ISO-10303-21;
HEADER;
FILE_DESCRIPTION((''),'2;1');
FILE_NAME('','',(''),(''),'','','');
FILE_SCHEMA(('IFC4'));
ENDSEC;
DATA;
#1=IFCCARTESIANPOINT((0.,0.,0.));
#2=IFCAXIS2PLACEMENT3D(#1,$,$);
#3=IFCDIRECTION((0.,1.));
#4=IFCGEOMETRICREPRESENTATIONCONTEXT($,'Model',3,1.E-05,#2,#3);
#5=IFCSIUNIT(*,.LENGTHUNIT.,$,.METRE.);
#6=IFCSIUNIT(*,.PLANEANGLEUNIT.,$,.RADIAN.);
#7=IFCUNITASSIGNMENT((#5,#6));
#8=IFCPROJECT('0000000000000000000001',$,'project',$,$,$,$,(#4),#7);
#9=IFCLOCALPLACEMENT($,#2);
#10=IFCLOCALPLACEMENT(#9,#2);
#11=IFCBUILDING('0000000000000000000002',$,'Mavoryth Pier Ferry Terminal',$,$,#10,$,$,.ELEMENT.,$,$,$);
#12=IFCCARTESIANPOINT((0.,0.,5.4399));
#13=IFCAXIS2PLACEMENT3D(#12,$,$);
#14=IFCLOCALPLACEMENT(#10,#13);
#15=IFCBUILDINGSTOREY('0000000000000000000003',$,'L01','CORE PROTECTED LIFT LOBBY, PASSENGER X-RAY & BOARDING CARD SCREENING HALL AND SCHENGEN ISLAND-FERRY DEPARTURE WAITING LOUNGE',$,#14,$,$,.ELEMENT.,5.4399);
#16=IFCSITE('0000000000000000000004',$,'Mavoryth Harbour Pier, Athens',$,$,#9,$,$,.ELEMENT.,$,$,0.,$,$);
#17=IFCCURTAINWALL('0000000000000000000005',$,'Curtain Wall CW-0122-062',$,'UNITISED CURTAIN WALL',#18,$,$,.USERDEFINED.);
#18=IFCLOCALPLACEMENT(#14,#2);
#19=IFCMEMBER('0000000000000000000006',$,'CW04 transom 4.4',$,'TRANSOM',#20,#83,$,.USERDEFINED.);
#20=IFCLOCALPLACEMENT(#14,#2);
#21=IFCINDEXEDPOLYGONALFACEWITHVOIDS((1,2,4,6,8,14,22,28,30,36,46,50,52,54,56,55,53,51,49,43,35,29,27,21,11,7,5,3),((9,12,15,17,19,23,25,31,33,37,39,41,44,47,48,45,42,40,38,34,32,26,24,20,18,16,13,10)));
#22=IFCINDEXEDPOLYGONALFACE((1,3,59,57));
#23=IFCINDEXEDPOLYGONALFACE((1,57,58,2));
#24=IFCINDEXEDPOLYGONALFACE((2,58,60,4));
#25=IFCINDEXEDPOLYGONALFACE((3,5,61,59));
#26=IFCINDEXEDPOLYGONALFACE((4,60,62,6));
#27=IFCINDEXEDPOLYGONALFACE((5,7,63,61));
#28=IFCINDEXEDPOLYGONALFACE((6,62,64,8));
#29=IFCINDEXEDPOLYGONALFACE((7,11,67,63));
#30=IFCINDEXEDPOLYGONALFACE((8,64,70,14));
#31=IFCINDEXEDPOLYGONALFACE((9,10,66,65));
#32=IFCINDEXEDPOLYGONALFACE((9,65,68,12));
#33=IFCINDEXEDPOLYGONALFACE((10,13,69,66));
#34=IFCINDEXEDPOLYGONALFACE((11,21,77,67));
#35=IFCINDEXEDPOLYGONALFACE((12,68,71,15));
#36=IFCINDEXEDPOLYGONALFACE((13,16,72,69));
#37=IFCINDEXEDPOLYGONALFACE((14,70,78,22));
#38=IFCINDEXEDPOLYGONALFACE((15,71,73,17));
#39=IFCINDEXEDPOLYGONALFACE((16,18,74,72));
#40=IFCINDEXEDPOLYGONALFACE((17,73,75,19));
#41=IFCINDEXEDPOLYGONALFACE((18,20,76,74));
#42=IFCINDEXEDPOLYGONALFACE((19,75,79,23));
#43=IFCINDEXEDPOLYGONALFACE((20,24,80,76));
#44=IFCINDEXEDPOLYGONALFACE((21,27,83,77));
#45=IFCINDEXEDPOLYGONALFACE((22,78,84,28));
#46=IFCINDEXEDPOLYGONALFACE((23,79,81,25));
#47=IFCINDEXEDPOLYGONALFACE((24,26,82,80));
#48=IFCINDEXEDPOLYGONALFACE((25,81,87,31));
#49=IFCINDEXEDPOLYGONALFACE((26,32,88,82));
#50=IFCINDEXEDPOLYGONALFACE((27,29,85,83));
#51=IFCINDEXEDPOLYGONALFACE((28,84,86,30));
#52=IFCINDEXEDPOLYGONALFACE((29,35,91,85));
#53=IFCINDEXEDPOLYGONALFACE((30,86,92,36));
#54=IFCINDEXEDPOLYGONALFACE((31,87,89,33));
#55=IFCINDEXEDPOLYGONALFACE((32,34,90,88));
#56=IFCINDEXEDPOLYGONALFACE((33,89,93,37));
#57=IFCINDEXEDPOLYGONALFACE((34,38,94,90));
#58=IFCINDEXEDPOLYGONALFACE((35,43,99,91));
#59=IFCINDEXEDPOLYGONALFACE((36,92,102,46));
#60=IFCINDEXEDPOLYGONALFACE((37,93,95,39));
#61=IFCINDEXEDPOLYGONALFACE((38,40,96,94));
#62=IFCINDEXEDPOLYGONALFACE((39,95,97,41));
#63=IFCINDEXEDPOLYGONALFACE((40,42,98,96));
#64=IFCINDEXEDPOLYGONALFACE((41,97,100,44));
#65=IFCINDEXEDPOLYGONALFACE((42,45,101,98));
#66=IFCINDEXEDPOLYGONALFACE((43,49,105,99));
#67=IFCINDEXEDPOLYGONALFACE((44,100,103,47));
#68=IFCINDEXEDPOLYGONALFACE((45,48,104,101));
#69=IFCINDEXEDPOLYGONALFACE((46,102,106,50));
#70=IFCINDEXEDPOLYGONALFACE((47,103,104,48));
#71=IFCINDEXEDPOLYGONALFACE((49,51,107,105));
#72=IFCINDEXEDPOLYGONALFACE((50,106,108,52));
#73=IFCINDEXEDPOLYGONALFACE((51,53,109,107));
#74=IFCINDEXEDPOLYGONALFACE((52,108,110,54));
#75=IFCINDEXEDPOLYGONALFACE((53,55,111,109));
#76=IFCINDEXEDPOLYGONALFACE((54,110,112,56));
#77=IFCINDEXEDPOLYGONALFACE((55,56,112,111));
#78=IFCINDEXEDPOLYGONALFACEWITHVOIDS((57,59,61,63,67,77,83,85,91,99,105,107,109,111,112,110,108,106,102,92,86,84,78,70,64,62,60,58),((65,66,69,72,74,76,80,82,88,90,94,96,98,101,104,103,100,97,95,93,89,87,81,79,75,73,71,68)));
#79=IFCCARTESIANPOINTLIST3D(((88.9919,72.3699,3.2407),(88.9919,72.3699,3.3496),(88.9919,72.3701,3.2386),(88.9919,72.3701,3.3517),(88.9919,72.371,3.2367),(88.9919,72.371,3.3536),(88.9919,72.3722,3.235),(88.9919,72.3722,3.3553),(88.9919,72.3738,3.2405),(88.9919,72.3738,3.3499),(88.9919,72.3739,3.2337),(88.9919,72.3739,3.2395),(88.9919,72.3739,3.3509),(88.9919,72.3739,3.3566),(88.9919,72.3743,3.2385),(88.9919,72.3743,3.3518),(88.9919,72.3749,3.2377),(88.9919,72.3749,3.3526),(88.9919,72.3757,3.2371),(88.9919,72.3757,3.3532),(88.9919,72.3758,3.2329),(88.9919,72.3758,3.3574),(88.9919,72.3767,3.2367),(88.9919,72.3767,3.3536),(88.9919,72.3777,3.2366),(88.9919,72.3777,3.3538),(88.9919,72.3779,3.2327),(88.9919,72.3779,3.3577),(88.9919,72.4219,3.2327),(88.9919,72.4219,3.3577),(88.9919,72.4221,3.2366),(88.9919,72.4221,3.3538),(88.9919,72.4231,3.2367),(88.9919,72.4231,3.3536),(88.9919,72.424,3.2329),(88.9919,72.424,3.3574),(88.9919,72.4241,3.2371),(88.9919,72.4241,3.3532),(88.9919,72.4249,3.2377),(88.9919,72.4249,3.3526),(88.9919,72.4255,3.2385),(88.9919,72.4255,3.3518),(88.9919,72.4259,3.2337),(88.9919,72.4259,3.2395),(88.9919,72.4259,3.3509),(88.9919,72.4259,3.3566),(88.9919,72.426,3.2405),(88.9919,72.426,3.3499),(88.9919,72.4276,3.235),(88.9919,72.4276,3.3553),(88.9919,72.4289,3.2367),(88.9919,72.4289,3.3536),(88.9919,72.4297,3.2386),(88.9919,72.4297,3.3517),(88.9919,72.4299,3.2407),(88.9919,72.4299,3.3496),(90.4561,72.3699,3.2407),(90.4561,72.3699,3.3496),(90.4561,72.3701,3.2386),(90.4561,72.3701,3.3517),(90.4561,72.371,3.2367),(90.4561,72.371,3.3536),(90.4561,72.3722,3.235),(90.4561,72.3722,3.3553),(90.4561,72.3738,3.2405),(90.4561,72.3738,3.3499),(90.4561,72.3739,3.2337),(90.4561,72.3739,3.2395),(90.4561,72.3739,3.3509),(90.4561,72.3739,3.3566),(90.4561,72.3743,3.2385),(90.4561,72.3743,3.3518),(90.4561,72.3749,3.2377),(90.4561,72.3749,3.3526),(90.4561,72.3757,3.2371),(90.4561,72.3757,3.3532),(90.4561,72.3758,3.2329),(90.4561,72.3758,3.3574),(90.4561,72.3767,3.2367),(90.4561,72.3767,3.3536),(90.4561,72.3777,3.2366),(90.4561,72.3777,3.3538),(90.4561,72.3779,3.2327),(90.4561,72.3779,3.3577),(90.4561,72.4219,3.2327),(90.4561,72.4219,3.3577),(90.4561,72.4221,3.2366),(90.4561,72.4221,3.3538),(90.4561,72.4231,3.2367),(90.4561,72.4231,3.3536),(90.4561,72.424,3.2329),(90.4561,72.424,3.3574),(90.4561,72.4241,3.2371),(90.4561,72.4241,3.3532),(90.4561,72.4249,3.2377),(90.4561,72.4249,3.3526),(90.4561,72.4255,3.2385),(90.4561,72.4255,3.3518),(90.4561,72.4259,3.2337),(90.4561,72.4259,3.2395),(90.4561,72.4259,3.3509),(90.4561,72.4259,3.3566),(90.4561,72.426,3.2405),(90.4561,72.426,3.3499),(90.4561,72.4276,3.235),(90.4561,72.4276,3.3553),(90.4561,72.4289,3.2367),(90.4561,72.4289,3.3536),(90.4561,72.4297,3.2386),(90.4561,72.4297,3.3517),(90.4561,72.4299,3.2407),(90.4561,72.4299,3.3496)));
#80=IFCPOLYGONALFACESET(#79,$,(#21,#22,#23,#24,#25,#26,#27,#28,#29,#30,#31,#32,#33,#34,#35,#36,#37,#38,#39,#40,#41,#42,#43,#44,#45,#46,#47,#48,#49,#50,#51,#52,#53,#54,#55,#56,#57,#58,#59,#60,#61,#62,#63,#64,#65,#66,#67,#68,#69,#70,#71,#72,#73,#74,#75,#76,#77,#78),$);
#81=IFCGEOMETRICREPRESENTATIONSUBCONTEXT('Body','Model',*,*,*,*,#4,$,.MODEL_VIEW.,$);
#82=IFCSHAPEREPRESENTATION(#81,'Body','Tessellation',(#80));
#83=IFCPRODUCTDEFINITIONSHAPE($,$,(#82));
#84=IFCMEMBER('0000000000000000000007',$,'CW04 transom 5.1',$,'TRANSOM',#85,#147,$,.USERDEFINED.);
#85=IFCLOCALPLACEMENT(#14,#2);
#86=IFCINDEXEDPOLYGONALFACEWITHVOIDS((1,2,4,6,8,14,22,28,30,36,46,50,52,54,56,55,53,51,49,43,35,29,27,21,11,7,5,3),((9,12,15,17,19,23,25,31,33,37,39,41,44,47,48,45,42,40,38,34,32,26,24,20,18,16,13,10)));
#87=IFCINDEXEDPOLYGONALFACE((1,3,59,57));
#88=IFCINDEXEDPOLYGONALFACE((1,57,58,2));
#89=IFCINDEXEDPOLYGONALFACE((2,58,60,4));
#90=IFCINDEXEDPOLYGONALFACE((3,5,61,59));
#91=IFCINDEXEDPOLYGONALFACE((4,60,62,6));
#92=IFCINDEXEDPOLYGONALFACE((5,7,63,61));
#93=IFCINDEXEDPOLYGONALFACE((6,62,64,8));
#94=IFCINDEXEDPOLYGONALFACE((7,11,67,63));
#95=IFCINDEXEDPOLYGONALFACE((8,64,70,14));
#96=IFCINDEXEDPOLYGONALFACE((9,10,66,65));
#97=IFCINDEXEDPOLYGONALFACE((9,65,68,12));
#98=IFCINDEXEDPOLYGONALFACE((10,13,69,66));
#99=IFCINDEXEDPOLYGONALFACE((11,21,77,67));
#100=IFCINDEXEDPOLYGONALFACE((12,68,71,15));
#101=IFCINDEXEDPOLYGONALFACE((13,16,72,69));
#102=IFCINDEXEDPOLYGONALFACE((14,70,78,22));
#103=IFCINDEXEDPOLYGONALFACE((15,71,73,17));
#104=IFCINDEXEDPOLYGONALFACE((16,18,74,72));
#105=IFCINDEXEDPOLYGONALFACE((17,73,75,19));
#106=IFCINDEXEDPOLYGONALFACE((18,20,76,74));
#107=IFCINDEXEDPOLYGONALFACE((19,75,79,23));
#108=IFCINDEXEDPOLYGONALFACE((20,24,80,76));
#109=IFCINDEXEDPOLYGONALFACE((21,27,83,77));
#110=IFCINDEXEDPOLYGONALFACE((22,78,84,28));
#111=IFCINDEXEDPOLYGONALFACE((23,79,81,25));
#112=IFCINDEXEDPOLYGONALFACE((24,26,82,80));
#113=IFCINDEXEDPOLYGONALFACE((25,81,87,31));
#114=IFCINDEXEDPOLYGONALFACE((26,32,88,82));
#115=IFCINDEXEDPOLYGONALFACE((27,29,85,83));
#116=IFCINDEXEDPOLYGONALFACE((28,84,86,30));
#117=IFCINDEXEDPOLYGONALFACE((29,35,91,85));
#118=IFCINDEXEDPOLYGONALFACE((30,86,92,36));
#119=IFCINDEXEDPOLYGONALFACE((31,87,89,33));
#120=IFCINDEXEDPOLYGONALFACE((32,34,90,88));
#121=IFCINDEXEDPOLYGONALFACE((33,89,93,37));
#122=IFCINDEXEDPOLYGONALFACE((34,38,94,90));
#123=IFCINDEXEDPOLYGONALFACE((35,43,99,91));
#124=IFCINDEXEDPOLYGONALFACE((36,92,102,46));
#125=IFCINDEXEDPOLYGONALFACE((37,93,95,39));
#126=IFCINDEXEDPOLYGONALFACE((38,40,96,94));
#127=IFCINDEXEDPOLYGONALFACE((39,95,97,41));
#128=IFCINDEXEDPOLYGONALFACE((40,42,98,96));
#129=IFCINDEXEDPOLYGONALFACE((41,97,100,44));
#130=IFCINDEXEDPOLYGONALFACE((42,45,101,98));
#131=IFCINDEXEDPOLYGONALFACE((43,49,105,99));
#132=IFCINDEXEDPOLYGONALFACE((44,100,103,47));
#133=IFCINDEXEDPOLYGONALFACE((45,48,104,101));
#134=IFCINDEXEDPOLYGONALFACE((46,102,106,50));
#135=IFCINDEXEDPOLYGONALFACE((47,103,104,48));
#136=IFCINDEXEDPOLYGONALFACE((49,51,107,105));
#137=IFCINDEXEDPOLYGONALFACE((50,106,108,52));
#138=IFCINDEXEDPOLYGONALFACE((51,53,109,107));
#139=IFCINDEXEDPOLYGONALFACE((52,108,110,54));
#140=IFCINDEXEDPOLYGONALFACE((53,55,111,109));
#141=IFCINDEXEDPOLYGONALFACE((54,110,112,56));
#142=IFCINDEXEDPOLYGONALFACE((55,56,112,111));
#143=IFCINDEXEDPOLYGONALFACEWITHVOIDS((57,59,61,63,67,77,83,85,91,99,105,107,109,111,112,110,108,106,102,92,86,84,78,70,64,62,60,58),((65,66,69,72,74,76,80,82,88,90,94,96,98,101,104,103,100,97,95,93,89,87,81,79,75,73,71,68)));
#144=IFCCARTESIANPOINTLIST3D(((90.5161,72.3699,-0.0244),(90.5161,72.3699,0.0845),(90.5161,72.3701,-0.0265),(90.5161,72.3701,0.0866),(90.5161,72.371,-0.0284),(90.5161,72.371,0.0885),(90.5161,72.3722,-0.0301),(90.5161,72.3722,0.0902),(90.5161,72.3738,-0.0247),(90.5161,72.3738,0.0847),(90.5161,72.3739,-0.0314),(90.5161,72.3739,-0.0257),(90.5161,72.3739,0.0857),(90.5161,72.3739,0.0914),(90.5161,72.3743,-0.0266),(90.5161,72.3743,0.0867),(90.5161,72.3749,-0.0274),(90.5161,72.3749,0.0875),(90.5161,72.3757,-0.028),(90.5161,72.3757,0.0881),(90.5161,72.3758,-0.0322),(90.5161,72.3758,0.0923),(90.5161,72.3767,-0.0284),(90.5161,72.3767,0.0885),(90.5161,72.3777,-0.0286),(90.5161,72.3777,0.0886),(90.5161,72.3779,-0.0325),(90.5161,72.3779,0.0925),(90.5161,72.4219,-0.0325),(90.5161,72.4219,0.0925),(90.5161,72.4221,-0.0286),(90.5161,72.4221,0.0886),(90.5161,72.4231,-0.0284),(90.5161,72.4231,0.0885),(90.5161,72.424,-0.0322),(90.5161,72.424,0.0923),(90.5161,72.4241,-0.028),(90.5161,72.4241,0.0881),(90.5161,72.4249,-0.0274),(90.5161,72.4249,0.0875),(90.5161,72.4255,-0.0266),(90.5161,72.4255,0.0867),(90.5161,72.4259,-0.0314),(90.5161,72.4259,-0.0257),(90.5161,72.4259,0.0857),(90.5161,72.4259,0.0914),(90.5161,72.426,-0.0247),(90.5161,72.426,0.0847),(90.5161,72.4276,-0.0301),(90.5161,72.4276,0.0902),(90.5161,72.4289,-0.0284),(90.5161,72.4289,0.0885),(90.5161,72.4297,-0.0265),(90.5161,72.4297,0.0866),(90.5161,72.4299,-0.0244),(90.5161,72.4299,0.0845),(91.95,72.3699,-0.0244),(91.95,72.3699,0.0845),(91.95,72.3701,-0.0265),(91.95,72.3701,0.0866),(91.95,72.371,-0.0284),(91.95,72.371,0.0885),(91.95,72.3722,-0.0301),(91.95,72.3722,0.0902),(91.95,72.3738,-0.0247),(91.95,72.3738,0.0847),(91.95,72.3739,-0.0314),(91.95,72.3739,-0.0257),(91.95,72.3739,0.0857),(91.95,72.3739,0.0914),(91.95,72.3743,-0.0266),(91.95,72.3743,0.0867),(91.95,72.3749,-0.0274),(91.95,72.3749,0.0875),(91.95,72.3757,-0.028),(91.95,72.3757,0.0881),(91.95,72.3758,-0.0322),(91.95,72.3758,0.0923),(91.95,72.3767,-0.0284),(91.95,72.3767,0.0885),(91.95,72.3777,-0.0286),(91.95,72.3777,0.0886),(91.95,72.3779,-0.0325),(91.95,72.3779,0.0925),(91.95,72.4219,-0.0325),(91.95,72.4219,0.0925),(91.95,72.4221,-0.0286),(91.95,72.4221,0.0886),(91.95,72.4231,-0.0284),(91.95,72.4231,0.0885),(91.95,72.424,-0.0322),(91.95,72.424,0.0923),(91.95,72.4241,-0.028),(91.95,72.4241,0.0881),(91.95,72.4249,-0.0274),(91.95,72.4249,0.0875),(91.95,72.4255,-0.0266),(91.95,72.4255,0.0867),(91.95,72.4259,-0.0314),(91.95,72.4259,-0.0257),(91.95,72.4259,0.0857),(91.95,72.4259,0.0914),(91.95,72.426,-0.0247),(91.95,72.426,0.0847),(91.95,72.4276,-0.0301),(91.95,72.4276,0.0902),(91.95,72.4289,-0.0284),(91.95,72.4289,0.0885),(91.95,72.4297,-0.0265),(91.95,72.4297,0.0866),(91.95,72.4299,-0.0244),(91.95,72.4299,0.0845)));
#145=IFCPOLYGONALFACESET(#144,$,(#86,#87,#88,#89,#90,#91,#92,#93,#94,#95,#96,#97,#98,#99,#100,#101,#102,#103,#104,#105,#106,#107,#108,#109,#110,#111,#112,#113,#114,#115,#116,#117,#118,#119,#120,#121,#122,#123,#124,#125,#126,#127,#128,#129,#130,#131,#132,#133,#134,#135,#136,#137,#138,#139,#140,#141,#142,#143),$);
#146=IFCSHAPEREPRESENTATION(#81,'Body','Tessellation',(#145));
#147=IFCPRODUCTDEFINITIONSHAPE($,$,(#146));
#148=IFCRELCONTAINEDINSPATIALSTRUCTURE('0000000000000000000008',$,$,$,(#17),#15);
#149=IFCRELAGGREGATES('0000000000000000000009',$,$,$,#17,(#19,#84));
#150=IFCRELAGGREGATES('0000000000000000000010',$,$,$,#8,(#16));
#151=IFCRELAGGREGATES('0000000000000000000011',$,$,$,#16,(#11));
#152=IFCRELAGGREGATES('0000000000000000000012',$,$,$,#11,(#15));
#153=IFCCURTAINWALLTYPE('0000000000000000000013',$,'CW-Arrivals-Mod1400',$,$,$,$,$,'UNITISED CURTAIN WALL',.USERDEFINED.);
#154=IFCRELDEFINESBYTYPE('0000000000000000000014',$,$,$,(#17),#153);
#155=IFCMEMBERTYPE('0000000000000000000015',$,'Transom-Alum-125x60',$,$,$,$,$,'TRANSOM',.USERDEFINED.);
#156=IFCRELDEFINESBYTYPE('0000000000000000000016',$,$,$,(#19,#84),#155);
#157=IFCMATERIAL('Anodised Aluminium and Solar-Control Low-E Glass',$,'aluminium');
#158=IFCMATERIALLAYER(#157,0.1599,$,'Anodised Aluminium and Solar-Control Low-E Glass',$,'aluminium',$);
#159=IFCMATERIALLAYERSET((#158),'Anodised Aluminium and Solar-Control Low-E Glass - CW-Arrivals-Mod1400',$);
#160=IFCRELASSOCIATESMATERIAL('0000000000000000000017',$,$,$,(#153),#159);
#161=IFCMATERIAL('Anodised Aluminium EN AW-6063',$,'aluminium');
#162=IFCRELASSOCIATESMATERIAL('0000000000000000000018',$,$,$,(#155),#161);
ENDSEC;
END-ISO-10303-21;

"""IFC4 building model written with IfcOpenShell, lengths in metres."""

from ifc_helpers import new_model, si_unit, direction, frame, origin, origin_2d, place, context, subcontext, project, spatial, hollow_rectangle, extrude, material, layer, layer_set, material_profile, profile_set, type_object, element, aggregate, save


model = new_model("IFC4")

# Units and contexts
model_context = context("Model", 3, precision=1e-05, world=origin(), true_north=direction((0.0, 1.0)))
body_context = subcontext(model_context, "Body", "Model", "MODEL_VIEW")
ifc_project = project(units=[si_unit("LENGTHUNIT", "METRE"), si_unit("PLANEANGLEUNIT", "RADIAN")], contexts=[model_context])

# Site, building, storey
site_placement = place(None, origin())
site = spatial("IfcSite", under=ifc_project, at=site_placement, Name="Mavoryth Harbour Pier, Athens", CompositionType="ELEMENT", RefElevation=0.0)
building_placement = place(site_placement, origin())
building = spatial("IfcBuilding", under=site, at=building_placement, Name="Mavoryth Pier Ferry Terminal", CompositionType="ELEMENT")
storey_placement = place(building_placement, frame((0.0, 0.0, 5.4399)))
storey = spatial("IfcBuildingStorey", under=building, at=storey_placement, Name="L01", Description="CORE PROTECTED LIFT LOBBY, PASSENGER X-RAY & BOARDING CARD SCREENING HALL AND SCHENGEN ISLAND-FERRY DEPARTURE WAITING LOUNGE", CompositionType="ELEMENT", Elevation=5.4399)

# Curtain wall
ifc_material_1 = material(Name="Anodised Aluminium and Solar-Control Low-E Glass", Category="aluminium")
ifc_layer_1 = layer(ifc_material_1, 0.1599, Name="Anodised Aluminium and Solar-Control Low-E Glass", Category="aluminium")
ifc_layer_set_1 = layer_set([ifc_layer_1], Name="Anodised Aluminium and Solar-Control Low-E Glass - CW-Arrivals-Mod1400")
curtain_wall_type = type_object("IfcCurtainWallType", Name="CW-Arrivals-Mod1400", ElementType="UNITISED CURTAIN WALL", PredefinedType="USERDEFINED", material=ifc_layer_set_1)
curtain_wall_1_placement = place(storey_placement, origin())
curtain_wall_1 = element("IfcCurtainWall", 1, at=curtain_wall_1_placement, inside=storey, type_object=curtain_wall_type, Name="Curtain Wall CW-0122-062", ObjectType="UNITISED CURTAIN WALL", PredefinedType="USERDEFINED")
ifc_material_2 = material(Name="Anodised Aluminium EN AW-6063", Category="aluminium")

# Members
ifc_material_profile_1 = material_profile(ifc_material_2, hollow_rectangle(XDim=0.0601, YDim=0.125, WallThickness=0.0039, InnerFilletRadius=0.0039, OuterFilletRadius=0.0081, at=origin_2d()), Name="AL-TRAN 125x60x4", Category="aluminium")
ifc_profile_set_1 = profile_set([ifc_material_profile_1], Name="Anodised Aluminium EN AW-6063 - AL-TRAN 125x60x4")
member_type_1 = type_object("IfcMemberType", Name="Transom-Alum-125x60", ElementType="TRANSOM", PredefinedType="USERDEFINED", material=ifc_profile_set_1)
member_1_placement = place(storey_placement, frame((88.9919, 72.3999, 3.2952), z_axis=(1.0, 0.0, 0.0), x_axis=(0.0, 1.0, 0.0)))
member_1 = element("IfcMember", 2, at=member_1_placement, type_object=member_type_1, Name="CW04 transom 4.4", ObjectType="TRANSOM", PredefinedType="USERDEFINED", context=body_context, shape_type="SweptSolid", body=[
    extrude(hollow_rectangle(XDim=0.0601, YDim=0.125, WallThickness=0.0039, InnerFilletRadius=0.0039, OuterFilletRadius=0.0081, at=origin_2d()), origin(), (0.0, 0.0, 1.0), 1.4641),
])
member_2_placement = place(storey_placement, frame((90.5161, 72.3999, 0.03), z_axis=(1.0, 0.0, 0.0), x_axis=(0.0, 1.0, 0.0)))
member_2 = element("IfcMember", 3, at=member_2_placement, type_object=member_type_1, Name="CW04 transom 5.1", ObjectType="TRANSOM", PredefinedType="USERDEFINED", context=body_context, shape_type="SweptSolid", body=[
    extrude(hollow_rectangle(XDim=0.0601, YDim=0.125, WallThickness=0.0039, InnerFilletRadius=0.0039, OuterFilletRadius=0.0081, at=origin_2d()), origin(), (0.0, 0.0, 1.0), 1.4338),
])

aggregate(curtain_wall_1, [member_1, member_2])

save(model, "model.ifc")
